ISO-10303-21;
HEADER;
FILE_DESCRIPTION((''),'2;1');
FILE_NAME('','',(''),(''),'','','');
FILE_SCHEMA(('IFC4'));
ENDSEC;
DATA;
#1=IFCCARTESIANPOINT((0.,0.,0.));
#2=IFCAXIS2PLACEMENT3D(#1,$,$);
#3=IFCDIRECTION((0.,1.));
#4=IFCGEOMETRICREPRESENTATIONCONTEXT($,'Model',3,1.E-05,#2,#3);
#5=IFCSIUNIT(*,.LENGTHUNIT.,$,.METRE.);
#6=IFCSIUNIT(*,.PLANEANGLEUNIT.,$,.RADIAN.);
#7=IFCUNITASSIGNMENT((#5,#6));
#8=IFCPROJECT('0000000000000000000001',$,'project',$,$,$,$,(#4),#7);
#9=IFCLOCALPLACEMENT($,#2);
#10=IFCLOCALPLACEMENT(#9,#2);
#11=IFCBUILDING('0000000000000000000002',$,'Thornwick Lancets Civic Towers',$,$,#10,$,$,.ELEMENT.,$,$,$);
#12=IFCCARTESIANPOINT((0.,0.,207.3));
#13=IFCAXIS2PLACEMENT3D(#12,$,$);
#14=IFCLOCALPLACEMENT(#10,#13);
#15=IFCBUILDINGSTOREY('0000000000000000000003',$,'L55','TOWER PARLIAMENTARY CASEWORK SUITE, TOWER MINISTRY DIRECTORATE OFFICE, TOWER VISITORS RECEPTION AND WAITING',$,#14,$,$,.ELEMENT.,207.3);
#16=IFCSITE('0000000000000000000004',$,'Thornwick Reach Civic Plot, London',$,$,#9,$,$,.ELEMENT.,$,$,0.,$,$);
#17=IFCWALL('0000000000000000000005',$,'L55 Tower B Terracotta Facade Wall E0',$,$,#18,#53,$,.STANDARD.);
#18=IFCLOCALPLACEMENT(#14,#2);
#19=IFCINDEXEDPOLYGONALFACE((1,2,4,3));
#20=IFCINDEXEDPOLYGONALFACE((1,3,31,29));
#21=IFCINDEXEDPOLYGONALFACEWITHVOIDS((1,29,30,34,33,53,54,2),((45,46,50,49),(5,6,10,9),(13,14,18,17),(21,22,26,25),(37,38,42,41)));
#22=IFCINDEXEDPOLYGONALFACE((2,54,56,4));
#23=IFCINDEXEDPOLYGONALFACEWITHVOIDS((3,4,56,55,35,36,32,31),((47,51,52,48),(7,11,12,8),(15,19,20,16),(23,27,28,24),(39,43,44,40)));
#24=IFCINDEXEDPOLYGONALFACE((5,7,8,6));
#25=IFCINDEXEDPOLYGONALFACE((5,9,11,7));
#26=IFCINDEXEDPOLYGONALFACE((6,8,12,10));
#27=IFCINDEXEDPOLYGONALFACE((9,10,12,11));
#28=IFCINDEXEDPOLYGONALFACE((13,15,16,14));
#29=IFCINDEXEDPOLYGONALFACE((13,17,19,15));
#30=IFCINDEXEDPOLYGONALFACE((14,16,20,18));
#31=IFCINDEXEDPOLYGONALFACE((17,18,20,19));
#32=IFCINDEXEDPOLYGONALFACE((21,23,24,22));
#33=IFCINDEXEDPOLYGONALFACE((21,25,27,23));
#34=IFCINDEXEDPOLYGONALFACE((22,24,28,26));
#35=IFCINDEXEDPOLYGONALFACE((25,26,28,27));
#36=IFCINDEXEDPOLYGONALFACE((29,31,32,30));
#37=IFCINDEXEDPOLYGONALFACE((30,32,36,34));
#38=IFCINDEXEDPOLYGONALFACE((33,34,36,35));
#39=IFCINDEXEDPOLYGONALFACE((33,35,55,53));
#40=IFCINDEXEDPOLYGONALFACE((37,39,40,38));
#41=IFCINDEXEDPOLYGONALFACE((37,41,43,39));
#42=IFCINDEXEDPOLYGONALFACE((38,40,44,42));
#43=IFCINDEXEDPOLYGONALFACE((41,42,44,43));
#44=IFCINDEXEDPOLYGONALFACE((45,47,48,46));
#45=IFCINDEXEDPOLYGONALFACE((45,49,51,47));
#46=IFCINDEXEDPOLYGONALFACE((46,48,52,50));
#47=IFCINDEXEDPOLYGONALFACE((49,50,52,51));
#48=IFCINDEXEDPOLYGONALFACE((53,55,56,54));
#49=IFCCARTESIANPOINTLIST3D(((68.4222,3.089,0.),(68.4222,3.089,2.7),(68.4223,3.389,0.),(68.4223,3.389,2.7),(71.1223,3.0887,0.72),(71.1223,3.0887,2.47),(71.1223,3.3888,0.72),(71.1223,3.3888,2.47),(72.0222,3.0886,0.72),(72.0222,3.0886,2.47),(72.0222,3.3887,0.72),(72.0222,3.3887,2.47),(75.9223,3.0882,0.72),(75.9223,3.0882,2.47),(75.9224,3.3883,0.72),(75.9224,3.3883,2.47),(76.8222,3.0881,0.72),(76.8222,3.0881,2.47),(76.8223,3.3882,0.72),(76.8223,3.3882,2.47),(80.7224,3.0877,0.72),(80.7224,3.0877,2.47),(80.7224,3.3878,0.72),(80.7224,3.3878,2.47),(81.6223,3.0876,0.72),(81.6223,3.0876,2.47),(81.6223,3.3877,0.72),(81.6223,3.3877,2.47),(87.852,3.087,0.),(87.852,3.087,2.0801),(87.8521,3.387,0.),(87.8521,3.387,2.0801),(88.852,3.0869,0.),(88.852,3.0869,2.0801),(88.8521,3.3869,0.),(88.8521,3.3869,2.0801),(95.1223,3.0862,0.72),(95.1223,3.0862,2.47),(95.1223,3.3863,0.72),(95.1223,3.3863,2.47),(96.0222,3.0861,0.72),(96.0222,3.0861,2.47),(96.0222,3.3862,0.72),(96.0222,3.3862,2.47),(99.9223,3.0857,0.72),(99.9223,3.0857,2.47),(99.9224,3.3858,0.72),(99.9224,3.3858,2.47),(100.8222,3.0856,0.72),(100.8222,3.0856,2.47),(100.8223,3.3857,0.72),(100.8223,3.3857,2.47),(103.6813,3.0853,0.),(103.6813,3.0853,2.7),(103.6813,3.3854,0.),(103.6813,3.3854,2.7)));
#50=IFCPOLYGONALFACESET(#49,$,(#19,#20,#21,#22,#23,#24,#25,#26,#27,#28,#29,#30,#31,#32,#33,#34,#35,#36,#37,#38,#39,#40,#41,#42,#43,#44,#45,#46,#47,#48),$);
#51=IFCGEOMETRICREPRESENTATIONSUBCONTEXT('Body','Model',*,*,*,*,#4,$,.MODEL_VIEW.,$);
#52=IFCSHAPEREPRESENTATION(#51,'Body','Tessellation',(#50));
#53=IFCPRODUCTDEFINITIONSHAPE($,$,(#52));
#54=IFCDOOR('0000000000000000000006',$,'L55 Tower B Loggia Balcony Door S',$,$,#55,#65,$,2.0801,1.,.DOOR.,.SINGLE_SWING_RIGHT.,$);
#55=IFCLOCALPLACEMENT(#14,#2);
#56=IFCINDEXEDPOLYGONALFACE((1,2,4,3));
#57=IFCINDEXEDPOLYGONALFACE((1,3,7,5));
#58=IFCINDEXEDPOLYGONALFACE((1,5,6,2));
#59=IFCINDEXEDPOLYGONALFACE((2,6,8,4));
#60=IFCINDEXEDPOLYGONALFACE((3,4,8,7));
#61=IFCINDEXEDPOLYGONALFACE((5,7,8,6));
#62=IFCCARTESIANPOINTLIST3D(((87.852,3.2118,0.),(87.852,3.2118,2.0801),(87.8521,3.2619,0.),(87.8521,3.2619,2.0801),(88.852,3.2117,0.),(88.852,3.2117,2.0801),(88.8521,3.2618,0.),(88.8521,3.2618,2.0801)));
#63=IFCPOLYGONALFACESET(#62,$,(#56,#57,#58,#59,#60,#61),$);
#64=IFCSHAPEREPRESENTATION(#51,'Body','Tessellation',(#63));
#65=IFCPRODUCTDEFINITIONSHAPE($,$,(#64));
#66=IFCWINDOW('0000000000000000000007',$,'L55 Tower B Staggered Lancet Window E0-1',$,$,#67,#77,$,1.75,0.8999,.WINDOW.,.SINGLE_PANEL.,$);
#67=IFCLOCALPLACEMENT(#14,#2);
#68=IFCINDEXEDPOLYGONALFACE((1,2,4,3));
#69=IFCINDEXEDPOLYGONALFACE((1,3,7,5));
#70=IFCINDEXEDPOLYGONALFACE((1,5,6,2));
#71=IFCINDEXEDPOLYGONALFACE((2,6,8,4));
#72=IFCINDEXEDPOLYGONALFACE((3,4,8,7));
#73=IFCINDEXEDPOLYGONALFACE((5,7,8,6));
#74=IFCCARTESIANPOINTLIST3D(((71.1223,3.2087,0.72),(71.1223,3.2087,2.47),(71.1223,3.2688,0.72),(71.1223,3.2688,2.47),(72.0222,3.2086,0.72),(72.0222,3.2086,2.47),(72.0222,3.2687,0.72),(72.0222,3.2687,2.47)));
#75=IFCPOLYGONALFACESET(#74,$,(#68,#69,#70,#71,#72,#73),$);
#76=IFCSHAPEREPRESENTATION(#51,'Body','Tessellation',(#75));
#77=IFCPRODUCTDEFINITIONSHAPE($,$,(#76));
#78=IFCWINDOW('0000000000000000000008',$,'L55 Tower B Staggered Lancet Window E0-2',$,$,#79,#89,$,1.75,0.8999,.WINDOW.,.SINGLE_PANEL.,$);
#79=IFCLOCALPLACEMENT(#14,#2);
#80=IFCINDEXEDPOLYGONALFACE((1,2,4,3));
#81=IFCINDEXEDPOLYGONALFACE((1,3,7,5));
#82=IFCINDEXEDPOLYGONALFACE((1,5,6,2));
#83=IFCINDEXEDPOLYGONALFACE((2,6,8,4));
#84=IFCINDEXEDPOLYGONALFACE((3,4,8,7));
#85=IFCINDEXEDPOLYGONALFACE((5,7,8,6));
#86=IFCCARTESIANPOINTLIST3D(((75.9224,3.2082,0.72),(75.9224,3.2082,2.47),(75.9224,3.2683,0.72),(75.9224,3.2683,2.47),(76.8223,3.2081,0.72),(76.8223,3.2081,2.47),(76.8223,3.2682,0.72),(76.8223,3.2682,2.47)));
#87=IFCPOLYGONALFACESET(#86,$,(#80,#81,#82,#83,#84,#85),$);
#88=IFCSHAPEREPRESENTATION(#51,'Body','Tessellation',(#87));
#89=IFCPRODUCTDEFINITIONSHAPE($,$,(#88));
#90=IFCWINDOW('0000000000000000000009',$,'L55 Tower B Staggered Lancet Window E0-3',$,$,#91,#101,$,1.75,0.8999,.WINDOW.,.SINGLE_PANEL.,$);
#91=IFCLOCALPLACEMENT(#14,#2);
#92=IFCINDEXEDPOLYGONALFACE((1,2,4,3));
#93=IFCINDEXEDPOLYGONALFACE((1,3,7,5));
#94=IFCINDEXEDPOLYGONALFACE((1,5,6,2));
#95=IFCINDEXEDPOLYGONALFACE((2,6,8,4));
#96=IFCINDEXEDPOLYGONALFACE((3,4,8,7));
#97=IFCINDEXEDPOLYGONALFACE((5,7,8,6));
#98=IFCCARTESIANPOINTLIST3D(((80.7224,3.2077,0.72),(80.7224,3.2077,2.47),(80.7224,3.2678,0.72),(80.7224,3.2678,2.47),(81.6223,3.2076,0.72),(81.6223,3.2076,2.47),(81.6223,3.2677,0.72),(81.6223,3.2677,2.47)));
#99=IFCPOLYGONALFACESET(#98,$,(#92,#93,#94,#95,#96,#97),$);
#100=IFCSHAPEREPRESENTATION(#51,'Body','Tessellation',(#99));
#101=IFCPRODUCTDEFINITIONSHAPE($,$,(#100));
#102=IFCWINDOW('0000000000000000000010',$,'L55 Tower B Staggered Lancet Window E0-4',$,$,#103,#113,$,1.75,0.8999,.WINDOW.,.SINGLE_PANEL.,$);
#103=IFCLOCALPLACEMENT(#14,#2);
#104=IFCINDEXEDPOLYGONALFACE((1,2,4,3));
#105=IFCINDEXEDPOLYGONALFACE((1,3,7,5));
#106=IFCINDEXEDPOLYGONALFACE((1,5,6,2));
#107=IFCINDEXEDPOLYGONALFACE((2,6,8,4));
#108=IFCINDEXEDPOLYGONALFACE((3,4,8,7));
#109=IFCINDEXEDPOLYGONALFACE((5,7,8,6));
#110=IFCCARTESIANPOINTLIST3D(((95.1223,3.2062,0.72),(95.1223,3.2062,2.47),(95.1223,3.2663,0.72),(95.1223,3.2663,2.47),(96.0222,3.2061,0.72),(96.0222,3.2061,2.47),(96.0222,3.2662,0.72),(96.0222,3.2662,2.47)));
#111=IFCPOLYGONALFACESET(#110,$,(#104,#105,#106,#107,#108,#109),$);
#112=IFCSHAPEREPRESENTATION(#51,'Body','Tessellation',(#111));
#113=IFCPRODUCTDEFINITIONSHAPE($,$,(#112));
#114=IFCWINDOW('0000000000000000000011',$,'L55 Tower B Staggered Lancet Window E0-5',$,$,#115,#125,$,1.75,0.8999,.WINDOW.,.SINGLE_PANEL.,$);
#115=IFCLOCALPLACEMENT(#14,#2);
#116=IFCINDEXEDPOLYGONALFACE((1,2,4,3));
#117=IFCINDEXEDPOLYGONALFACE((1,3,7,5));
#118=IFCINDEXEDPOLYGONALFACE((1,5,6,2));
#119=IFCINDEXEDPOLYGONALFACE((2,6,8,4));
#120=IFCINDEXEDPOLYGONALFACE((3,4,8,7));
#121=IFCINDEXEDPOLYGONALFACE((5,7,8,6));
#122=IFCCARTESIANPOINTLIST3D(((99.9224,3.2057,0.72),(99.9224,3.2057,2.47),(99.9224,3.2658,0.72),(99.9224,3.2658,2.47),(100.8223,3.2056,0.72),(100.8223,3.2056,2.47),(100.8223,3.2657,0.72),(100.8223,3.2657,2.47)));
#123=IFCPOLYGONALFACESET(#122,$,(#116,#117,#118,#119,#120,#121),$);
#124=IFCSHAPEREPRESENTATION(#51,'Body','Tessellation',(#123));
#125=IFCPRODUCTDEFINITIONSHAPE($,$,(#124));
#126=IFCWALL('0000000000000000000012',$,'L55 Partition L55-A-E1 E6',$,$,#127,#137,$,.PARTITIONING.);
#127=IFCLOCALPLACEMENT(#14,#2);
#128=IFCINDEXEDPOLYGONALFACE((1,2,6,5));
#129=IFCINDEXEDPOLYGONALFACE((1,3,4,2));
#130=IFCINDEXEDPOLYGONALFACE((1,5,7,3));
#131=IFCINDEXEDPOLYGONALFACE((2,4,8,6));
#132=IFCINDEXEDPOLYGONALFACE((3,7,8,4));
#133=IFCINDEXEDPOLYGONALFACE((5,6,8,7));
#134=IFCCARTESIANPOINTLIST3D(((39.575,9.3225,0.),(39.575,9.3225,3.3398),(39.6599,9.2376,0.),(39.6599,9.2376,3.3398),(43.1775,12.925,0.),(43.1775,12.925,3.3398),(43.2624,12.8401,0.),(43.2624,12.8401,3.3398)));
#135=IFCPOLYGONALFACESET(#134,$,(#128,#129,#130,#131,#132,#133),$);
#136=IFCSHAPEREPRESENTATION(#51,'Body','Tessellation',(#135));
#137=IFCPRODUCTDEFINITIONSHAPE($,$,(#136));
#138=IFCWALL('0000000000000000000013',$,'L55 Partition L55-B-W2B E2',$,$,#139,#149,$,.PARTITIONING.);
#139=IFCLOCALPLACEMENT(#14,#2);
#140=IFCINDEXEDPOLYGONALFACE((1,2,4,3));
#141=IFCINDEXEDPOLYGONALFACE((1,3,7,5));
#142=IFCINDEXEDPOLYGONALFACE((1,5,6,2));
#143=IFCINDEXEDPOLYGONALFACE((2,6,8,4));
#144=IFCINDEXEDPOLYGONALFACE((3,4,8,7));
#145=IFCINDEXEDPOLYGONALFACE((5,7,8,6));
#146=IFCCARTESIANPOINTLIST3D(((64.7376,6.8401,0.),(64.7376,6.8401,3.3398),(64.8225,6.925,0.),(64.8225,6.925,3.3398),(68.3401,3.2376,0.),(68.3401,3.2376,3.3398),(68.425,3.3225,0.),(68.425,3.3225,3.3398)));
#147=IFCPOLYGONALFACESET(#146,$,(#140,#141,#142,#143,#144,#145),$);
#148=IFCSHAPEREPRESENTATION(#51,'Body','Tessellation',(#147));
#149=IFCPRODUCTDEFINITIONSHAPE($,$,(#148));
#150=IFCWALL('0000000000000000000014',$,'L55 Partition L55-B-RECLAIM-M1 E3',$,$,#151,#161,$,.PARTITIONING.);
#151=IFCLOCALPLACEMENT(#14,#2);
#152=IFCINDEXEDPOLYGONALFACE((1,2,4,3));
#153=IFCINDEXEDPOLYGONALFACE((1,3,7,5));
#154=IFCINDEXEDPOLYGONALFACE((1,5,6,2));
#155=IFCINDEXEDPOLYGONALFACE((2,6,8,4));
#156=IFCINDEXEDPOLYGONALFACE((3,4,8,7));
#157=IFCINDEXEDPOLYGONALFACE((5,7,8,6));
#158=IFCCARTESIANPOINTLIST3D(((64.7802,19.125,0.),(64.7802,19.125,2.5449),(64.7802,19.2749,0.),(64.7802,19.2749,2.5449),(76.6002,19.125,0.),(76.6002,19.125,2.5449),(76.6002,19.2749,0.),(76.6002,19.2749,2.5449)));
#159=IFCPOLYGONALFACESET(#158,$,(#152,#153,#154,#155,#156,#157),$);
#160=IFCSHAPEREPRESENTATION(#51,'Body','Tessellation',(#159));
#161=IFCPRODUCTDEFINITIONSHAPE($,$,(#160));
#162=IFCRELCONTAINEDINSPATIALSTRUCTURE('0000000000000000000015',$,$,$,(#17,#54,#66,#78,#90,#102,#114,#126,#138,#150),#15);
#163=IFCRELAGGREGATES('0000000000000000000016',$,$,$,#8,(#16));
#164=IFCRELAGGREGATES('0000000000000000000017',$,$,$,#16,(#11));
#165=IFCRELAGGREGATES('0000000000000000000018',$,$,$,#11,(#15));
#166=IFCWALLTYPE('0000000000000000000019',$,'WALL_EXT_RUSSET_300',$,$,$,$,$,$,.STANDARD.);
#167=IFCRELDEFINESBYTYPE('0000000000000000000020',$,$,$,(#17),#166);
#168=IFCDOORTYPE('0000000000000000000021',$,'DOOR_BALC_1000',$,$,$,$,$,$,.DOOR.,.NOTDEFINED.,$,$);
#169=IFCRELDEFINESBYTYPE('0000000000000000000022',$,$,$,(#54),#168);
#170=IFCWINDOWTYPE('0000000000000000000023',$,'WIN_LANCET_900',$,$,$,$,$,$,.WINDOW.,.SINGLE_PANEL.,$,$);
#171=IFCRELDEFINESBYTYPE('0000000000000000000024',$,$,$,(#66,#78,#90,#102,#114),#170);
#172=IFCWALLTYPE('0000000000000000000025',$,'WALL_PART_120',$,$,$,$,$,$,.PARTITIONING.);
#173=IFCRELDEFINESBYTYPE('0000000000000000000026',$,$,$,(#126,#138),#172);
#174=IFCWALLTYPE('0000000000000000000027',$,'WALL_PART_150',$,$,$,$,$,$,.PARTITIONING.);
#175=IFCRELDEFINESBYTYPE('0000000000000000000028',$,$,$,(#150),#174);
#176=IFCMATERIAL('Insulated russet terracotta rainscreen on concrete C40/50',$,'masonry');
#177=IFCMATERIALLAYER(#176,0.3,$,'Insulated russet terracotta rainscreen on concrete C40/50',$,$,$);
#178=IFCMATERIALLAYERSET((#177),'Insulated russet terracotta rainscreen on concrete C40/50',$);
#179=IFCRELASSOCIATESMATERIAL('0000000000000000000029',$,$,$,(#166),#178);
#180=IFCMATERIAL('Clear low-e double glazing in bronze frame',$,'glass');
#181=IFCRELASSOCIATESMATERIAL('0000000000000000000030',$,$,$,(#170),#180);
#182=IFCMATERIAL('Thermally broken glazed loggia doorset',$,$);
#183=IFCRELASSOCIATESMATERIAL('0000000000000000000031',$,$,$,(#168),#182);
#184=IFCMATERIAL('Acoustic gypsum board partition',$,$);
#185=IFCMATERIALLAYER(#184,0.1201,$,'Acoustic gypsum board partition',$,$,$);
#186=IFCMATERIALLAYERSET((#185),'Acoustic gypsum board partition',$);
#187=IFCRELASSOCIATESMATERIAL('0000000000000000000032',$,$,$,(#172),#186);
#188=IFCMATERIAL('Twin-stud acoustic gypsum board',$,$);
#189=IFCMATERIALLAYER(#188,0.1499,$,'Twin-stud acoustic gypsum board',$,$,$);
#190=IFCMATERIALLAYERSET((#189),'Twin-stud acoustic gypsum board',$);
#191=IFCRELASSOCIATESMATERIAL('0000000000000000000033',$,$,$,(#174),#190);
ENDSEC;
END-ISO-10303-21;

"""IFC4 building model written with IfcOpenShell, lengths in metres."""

from ifc_helpers import new_model, si_unit, direction, frame, frame_2d, origin, place, context, subcontext, project, spatial, rectangle, extrude, material, layer, layer_set, type_object, element, fill, save


model = new_model("IFC4")

# Units and contexts
model_context = context("Model", 3, precision=1e-05, world=origin(), true_north=direction((0.0, 1.0)))
body_context = subcontext(model_context, "Body", "Model", "MODEL_VIEW")
ifc_project = project(units=[si_unit("LENGTHUNIT", "METRE"), si_unit("PLANEANGLEUNIT", "RADIAN")], contexts=[model_context])

# Site, building, storey
site_placement = place(None, origin())
site = spatial("IfcSite", under=ifc_project, at=site_placement, Name="Thornwick Reach Civic Plot, London", CompositionType="ELEMENT", RefElevation=0.0)
building_placement = place(site_placement, origin())
building = spatial("IfcBuilding", under=site, at=building_placement, Name="Thornwick Lancets Civic Towers", CompositionType="ELEMENT")
storey_placement = place(building_placement, frame((0.0, 0.0, 207.3)))
storey = spatial("IfcBuildingStorey", under=building, at=storey_placement, Name="L55", Description="TOWER PARLIAMENTARY CASEWORK SUITE, TOWER MINISTRY DIRECTORATE OFFICE, TOWER VISITORS RECEPTION AND WAITING", CompositionType="ELEMENT", Elevation=207.3)

# Shared definitions
ifc_material_1 = material(Name="Insulated russet terracotta rainscreen on concrete C40/50", Category="masonry")
ifc_layer_1 = layer(ifc_material_1, 0.3, Name="Insulated russet terracotta rainscreen on concrete C40/50")
ifc_layer_set_1 = layer_set([ifc_layer_1], Name="Insulated russet terracotta rainscreen on concrete C40/50")
wall_type_1 = type_object("IfcWallType", Name="WALL_EXT_RUSSET_300", PredefinedType="STANDARD", material=ifc_layer_set_1)
ifc_material_2 = material(Name="Clear low-e double glazing in bronze frame", Category="glass")
window_type = type_object("IfcWindowType", Name="WIN_LANCET_900", PartitioningType="SINGLE_PANEL", PredefinedType="WINDOW", material=ifc_material_2)

# Wall, openings, door, windows
wall_1_placement = place(storey_placement, frame((68.4224, 3.239, 0.0), z_axis=(0.0, 0.0, 1.0), x_axis=(1.0, -0.000104, 0.0)))
wall_1 = element("IfcWall", 1, at=wall_1_placement, inside=storey, type_object=wall_type_1, Name="L55 Tower B Terracotta Facade Wall E0", PredefinedType="STANDARD", context=body_context, shape_type="SweptSolid", body=[
    extrude(rectangle(XDim=35.259, YDim=0.3, at=frame_2d((17.6294, 0.0))), origin(), (0.0, 0.0, 1.0), 2.7),
])
opening_1_placement = place(wall_1_placement, frame((19.4297, 0.0, 0.0)))
opening_1 = element("IfcOpeningElement", 2, at=opening_1_placement, cuts=wall_1, PredefinedType="OPENING", context=body_context, shape_type="SweptSolid", body=[
    extrude(rectangle(XDim=1.0, YDim=2.0801, at=frame_2d((0.5, 1.04))), frame((0.0, 0.1602, 0.0), z_axis=(0.0, -1.0, 0.0), x_axis=(1.0, 0.0, 0.0)), (0.0, 0.0, 1.0), 0.3201),
])
opening_2_placement = place(wall_1_placement, frame((2.7, 0.0, 0.72)))
opening_2 = element("IfcOpeningElement", 3, at=opening_2_placement, cuts=wall_1, PredefinedType="OPENING", context=body_context, shape_type="SweptSolid", body=[
    extrude(rectangle(XDim=0.8999, YDim=1.75, at=frame_2d((0.45, 0.875))), frame((0.0, 0.1602, 0.0), z_axis=(0.0, -1.0, 0.0), x_axis=(1.0, 0.0, 0.0)), (0.0, 0.0, 1.0), 0.3201),
])
opening_3_placement = place(wall_1_placement, frame((7.5, 0.0, 0.72)))
opening_3 = element("IfcOpeningElement", 4, at=opening_3_placement, cuts=wall_1, PredefinedType="OPENING", context=body_context, shape_type="SweptSolid", body=[
    extrude(rectangle(XDim=0.8999, YDim=1.75, at=frame_2d((0.45, 0.875))), frame((0.0, 0.1602, 0.0), z_axis=(0.0, -1.0, 0.0), x_axis=(1.0, 0.0, 0.0)), (0.0, 0.0, 1.0), 0.3201),
])
opening_4_placement = place(wall_1_placement, frame((12.3, 0.0, 0.72)))
opening_4 = element("IfcOpeningElement", 5, at=opening_4_placement, cuts=wall_1, PredefinedType="OPENING", context=body_context, shape_type="SweptSolid", body=[
    extrude(rectangle(XDim=0.8999, YDim=1.75, at=frame_2d((0.45, 0.875))), frame((0.0, 0.1602, 0.0), z_axis=(0.0, -1.0, 0.0), x_axis=(1.0, 0.0, 0.0)), (0.0, 0.0, 1.0), 0.3201),
])
opening_5_placement = place(wall_1_placement, frame((26.7, 0.0, 0.72)))
opening_5 = element("IfcOpeningElement", 6, at=opening_5_placement, cuts=wall_1, PredefinedType="OPENING", context=body_context, shape_type="SweptSolid", body=[
    extrude(rectangle(XDim=0.8999, YDim=1.75, at=frame_2d((0.45, 0.875))), frame((0.0, 0.1602, 0.0), z_axis=(0.0, -1.0, 0.0), x_axis=(1.0, 0.0, 0.0)), (0.0, 0.0, 1.0), 0.3201),
])
opening_6_placement = place(wall_1_placement, frame((31.5, 0.0, 0.72)))
opening_6 = element("IfcOpeningElement", 7, at=opening_6_placement, cuts=wall_1, PredefinedType="OPENING", context=body_context, shape_type="SweptSolid", body=[
    extrude(rectangle(XDim=0.8999, YDim=1.75, at=frame_2d((0.45, 0.875))), frame((0.0, 0.1602, 0.0), z_axis=(0.0, -1.0, 0.0), x_axis=(1.0, 0.0, 0.0)), (0.0, 0.0, 1.0), 0.3201),
])
ifc_material_3 = material(Name="Thermally broken glazed loggia doorset")
door_type = type_object("IfcDoorType", Name="DOOR_BALC_1000", OperationType="NOTDEFINED", PredefinedType="DOOR", material=ifc_material_3)
door_placement = place(opening_1_placement, origin())
door = element("IfcDoor", 8, at=door_placement, inside=storey, type_object=door_type, Name="L55 Tower B Loggia Balcony Door S", OperationType="SINGLE_SWING_RIGHT", OverallHeight=2.0801, OverallWidth=1.0, PredefinedType="DOOR", context=body_context, shape_type="SweptSolid", body=[
    extrude(rectangle(XDim=1.0, YDim=2.0801, at=frame_2d((0.5, 1.04))), frame((0.0, 0.0249, 0.0), z_axis=(0.0, -1.0, 0.0), x_axis=(1.0, 0.0, 0.0)), (0.0, 0.0, 1.0), 0.05),
])
fill(opening_1, door)
window_1_placement = place(opening_2_placement, origin())
window_1 = element("IfcWindow", 9, at=window_1_placement, inside=storey, type_object=window_type, Name="L55 Tower B Staggered Lancet Window E0-1", OverallHeight=1.75, OverallWidth=0.8999, PartitioningType="SINGLE_PANEL", PredefinedType="WINDOW", context=body_context, shape_type="SweptSolid", body=[
    extrude(rectangle(XDim=0.8999, YDim=1.75, at=frame_2d((0.45, 0.875))), frame((0.0, 0.03, 0.0), z_axis=(0.0, -1.0, 0.0), x_axis=(1.0, 0.0, 0.0)), (0.0, 0.0, 1.0), 0.0601),
])
fill(opening_2, window_1)
window_2_placement = place(opening_3_placement, origin())
window_2 = element("IfcWindow", 10, at=window_2_placement, inside=storey, type_object=window_type, Name="L55 Tower B Staggered Lancet Window E0-2", OverallHeight=1.75, OverallWidth=0.8999, PartitioningType="SINGLE_PANEL", PredefinedType="WINDOW", context=body_context, shape_type="SweptSolid", body=[
    extrude(rectangle(XDim=0.8999, YDim=1.75, at=frame_2d((0.45, 0.875))), frame((0.0, 0.03, 0.0), z_axis=(0.0, -1.0, 0.0), x_axis=(1.0, 0.0, 0.0)), (0.0, 0.0, 1.0), 0.0601),
])
fill(opening_3, window_2)
window_3_placement = place(opening_4_placement, origin())
window_3 = element("IfcWindow", 11, at=window_3_placement, inside=storey, type_object=window_type, Name="L55 Tower B Staggered Lancet Window E0-3", OverallHeight=1.75, OverallWidth=0.8999, PartitioningType="SINGLE_PANEL", PredefinedType="WINDOW", context=body_context, shape_type="SweptSolid", body=[
    extrude(rectangle(XDim=0.8999, YDim=1.75, at=frame_2d((0.45, 0.875))), frame((0.0, 0.03, 0.0), z_axis=(0.0, -1.0, 0.0), x_axis=(1.0, 0.0, 0.0)), (0.0, 0.0, 1.0), 0.0601),
])
fill(opening_4, window_3)
window_4_placement = place(opening_5_placement, origin())
window_4 = element("IfcWindow", 12, at=window_4_placement, inside=storey, type_object=window_type, Name="L55 Tower B Staggered Lancet Window E0-4", OverallHeight=1.75, OverallWidth=0.8999, PartitioningType="SINGLE_PANEL", PredefinedType="WINDOW", context=body_context, shape_type="SweptSolid", body=[
    extrude(rectangle(XDim=0.8999, YDim=1.75, at=frame_2d((0.45, 0.875))), frame((0.0, 0.03, 0.0), z_axis=(0.0, -1.0, 0.0), x_axis=(1.0, 0.0, 0.0)), (0.0, 0.0, 1.0), 0.0601),
])
fill(opening_5, window_4)
window_5_placement = place(opening_6_placement, origin())
window_5 = element("IfcWindow", 13, at=window_5_placement, inside=storey, type_object=window_type, Name="L55 Tower B Staggered Lancet Window E0-5", OverallHeight=1.75, OverallWidth=0.8999, PartitioningType="SINGLE_PANEL", PredefinedType="WINDOW", context=body_context, shape_type="SweptSolid", body=[
    extrude(rectangle(XDim=0.8999, YDim=1.75, at=frame_2d((0.45, 0.875))), frame((0.0, 0.03, 0.0), z_axis=(0.0, -1.0, 0.0), x_axis=(1.0, 0.0, 0.0)), (0.0, 0.0, 1.0), 0.0601),
])
fill(opening_6, window_5)

# Walls
ifc_material_4 = material(Name="Acoustic gypsum board partition")
ifc_layer_2 = layer(ifc_material_4, 0.1201, Name="Acoustic gypsum board partition")
ifc_layer_set_2 = layer_set([ifc_layer_2], Name="Acoustic gypsum board partition")
wall_type_2 = type_object("IfcWallType", Name="WALL_PART_120", PredefinedType="PARTITIONING", material=ifc_layer_set_2)
for number, where, z_axis, x_axis, name in (
    (14, (43.22, 12.8826, 0.0), (0.0, 0.0, 1.0), (-0.707107, -0.707107, 0.0), "L55 Partition L55-A-E1 E6"),
    (15, (68.3826, 3.28, 0.0), (0.0, 0.0, 1.0), (-0.707107, 0.707107, 0.0), "L55 Partition L55-B-W2B E2"),
):
    element("IfcWall", number, at=place(storey_placement, frame(where, z_axis=z_axis, x_axis=x_axis)), inside=storey, type_object=wall_type_2, Name=name, PredefinedType="PARTITIONING", context=body_context, shape_type="SweptSolid", body=[
        extrude(rectangle(XDim=5.0947, YDim=0.1201, at=frame_2d((2.5474, 0.0))), origin(), (0.0, 0.0, 1.0), 3.3398),
    ])
ifc_material_5 = material(Name="Twin-stud acoustic gypsum board")
ifc_layer_3 = layer(ifc_material_5, 0.1499, Name="Twin-stud acoustic gypsum board")
ifc_layer_set_3 = layer_set([ifc_layer_3], Name="Twin-stud acoustic gypsum board")
wall_type_3 = type_object("IfcWallType", Name="WALL_PART_150", PredefinedType="PARTITIONING", material=ifc_layer_set_3)
wall_2_placement = place(storey_placement, frame((64.78, 19.2, 0.0), z_axis=(0.0, 0.0, 1.0), x_axis=(1.0, 0.0, 0.0)))
element("IfcWall", 16, at=wall_2_placement, inside=storey, type_object=wall_type_3, Name="L55 Partition L55-B-RECLAIM-M1 E3", PredefinedType="PARTITIONING", context=body_context, shape_type="SweptSolid", body=[
    extrude(rectangle(XDim=11.8201, YDim=0.1499, at=frame_2d((5.9102, 0.0))), origin(), (0.0, 0.0, 1.0), 2.5449),
])

save(model, "model.ifc")
